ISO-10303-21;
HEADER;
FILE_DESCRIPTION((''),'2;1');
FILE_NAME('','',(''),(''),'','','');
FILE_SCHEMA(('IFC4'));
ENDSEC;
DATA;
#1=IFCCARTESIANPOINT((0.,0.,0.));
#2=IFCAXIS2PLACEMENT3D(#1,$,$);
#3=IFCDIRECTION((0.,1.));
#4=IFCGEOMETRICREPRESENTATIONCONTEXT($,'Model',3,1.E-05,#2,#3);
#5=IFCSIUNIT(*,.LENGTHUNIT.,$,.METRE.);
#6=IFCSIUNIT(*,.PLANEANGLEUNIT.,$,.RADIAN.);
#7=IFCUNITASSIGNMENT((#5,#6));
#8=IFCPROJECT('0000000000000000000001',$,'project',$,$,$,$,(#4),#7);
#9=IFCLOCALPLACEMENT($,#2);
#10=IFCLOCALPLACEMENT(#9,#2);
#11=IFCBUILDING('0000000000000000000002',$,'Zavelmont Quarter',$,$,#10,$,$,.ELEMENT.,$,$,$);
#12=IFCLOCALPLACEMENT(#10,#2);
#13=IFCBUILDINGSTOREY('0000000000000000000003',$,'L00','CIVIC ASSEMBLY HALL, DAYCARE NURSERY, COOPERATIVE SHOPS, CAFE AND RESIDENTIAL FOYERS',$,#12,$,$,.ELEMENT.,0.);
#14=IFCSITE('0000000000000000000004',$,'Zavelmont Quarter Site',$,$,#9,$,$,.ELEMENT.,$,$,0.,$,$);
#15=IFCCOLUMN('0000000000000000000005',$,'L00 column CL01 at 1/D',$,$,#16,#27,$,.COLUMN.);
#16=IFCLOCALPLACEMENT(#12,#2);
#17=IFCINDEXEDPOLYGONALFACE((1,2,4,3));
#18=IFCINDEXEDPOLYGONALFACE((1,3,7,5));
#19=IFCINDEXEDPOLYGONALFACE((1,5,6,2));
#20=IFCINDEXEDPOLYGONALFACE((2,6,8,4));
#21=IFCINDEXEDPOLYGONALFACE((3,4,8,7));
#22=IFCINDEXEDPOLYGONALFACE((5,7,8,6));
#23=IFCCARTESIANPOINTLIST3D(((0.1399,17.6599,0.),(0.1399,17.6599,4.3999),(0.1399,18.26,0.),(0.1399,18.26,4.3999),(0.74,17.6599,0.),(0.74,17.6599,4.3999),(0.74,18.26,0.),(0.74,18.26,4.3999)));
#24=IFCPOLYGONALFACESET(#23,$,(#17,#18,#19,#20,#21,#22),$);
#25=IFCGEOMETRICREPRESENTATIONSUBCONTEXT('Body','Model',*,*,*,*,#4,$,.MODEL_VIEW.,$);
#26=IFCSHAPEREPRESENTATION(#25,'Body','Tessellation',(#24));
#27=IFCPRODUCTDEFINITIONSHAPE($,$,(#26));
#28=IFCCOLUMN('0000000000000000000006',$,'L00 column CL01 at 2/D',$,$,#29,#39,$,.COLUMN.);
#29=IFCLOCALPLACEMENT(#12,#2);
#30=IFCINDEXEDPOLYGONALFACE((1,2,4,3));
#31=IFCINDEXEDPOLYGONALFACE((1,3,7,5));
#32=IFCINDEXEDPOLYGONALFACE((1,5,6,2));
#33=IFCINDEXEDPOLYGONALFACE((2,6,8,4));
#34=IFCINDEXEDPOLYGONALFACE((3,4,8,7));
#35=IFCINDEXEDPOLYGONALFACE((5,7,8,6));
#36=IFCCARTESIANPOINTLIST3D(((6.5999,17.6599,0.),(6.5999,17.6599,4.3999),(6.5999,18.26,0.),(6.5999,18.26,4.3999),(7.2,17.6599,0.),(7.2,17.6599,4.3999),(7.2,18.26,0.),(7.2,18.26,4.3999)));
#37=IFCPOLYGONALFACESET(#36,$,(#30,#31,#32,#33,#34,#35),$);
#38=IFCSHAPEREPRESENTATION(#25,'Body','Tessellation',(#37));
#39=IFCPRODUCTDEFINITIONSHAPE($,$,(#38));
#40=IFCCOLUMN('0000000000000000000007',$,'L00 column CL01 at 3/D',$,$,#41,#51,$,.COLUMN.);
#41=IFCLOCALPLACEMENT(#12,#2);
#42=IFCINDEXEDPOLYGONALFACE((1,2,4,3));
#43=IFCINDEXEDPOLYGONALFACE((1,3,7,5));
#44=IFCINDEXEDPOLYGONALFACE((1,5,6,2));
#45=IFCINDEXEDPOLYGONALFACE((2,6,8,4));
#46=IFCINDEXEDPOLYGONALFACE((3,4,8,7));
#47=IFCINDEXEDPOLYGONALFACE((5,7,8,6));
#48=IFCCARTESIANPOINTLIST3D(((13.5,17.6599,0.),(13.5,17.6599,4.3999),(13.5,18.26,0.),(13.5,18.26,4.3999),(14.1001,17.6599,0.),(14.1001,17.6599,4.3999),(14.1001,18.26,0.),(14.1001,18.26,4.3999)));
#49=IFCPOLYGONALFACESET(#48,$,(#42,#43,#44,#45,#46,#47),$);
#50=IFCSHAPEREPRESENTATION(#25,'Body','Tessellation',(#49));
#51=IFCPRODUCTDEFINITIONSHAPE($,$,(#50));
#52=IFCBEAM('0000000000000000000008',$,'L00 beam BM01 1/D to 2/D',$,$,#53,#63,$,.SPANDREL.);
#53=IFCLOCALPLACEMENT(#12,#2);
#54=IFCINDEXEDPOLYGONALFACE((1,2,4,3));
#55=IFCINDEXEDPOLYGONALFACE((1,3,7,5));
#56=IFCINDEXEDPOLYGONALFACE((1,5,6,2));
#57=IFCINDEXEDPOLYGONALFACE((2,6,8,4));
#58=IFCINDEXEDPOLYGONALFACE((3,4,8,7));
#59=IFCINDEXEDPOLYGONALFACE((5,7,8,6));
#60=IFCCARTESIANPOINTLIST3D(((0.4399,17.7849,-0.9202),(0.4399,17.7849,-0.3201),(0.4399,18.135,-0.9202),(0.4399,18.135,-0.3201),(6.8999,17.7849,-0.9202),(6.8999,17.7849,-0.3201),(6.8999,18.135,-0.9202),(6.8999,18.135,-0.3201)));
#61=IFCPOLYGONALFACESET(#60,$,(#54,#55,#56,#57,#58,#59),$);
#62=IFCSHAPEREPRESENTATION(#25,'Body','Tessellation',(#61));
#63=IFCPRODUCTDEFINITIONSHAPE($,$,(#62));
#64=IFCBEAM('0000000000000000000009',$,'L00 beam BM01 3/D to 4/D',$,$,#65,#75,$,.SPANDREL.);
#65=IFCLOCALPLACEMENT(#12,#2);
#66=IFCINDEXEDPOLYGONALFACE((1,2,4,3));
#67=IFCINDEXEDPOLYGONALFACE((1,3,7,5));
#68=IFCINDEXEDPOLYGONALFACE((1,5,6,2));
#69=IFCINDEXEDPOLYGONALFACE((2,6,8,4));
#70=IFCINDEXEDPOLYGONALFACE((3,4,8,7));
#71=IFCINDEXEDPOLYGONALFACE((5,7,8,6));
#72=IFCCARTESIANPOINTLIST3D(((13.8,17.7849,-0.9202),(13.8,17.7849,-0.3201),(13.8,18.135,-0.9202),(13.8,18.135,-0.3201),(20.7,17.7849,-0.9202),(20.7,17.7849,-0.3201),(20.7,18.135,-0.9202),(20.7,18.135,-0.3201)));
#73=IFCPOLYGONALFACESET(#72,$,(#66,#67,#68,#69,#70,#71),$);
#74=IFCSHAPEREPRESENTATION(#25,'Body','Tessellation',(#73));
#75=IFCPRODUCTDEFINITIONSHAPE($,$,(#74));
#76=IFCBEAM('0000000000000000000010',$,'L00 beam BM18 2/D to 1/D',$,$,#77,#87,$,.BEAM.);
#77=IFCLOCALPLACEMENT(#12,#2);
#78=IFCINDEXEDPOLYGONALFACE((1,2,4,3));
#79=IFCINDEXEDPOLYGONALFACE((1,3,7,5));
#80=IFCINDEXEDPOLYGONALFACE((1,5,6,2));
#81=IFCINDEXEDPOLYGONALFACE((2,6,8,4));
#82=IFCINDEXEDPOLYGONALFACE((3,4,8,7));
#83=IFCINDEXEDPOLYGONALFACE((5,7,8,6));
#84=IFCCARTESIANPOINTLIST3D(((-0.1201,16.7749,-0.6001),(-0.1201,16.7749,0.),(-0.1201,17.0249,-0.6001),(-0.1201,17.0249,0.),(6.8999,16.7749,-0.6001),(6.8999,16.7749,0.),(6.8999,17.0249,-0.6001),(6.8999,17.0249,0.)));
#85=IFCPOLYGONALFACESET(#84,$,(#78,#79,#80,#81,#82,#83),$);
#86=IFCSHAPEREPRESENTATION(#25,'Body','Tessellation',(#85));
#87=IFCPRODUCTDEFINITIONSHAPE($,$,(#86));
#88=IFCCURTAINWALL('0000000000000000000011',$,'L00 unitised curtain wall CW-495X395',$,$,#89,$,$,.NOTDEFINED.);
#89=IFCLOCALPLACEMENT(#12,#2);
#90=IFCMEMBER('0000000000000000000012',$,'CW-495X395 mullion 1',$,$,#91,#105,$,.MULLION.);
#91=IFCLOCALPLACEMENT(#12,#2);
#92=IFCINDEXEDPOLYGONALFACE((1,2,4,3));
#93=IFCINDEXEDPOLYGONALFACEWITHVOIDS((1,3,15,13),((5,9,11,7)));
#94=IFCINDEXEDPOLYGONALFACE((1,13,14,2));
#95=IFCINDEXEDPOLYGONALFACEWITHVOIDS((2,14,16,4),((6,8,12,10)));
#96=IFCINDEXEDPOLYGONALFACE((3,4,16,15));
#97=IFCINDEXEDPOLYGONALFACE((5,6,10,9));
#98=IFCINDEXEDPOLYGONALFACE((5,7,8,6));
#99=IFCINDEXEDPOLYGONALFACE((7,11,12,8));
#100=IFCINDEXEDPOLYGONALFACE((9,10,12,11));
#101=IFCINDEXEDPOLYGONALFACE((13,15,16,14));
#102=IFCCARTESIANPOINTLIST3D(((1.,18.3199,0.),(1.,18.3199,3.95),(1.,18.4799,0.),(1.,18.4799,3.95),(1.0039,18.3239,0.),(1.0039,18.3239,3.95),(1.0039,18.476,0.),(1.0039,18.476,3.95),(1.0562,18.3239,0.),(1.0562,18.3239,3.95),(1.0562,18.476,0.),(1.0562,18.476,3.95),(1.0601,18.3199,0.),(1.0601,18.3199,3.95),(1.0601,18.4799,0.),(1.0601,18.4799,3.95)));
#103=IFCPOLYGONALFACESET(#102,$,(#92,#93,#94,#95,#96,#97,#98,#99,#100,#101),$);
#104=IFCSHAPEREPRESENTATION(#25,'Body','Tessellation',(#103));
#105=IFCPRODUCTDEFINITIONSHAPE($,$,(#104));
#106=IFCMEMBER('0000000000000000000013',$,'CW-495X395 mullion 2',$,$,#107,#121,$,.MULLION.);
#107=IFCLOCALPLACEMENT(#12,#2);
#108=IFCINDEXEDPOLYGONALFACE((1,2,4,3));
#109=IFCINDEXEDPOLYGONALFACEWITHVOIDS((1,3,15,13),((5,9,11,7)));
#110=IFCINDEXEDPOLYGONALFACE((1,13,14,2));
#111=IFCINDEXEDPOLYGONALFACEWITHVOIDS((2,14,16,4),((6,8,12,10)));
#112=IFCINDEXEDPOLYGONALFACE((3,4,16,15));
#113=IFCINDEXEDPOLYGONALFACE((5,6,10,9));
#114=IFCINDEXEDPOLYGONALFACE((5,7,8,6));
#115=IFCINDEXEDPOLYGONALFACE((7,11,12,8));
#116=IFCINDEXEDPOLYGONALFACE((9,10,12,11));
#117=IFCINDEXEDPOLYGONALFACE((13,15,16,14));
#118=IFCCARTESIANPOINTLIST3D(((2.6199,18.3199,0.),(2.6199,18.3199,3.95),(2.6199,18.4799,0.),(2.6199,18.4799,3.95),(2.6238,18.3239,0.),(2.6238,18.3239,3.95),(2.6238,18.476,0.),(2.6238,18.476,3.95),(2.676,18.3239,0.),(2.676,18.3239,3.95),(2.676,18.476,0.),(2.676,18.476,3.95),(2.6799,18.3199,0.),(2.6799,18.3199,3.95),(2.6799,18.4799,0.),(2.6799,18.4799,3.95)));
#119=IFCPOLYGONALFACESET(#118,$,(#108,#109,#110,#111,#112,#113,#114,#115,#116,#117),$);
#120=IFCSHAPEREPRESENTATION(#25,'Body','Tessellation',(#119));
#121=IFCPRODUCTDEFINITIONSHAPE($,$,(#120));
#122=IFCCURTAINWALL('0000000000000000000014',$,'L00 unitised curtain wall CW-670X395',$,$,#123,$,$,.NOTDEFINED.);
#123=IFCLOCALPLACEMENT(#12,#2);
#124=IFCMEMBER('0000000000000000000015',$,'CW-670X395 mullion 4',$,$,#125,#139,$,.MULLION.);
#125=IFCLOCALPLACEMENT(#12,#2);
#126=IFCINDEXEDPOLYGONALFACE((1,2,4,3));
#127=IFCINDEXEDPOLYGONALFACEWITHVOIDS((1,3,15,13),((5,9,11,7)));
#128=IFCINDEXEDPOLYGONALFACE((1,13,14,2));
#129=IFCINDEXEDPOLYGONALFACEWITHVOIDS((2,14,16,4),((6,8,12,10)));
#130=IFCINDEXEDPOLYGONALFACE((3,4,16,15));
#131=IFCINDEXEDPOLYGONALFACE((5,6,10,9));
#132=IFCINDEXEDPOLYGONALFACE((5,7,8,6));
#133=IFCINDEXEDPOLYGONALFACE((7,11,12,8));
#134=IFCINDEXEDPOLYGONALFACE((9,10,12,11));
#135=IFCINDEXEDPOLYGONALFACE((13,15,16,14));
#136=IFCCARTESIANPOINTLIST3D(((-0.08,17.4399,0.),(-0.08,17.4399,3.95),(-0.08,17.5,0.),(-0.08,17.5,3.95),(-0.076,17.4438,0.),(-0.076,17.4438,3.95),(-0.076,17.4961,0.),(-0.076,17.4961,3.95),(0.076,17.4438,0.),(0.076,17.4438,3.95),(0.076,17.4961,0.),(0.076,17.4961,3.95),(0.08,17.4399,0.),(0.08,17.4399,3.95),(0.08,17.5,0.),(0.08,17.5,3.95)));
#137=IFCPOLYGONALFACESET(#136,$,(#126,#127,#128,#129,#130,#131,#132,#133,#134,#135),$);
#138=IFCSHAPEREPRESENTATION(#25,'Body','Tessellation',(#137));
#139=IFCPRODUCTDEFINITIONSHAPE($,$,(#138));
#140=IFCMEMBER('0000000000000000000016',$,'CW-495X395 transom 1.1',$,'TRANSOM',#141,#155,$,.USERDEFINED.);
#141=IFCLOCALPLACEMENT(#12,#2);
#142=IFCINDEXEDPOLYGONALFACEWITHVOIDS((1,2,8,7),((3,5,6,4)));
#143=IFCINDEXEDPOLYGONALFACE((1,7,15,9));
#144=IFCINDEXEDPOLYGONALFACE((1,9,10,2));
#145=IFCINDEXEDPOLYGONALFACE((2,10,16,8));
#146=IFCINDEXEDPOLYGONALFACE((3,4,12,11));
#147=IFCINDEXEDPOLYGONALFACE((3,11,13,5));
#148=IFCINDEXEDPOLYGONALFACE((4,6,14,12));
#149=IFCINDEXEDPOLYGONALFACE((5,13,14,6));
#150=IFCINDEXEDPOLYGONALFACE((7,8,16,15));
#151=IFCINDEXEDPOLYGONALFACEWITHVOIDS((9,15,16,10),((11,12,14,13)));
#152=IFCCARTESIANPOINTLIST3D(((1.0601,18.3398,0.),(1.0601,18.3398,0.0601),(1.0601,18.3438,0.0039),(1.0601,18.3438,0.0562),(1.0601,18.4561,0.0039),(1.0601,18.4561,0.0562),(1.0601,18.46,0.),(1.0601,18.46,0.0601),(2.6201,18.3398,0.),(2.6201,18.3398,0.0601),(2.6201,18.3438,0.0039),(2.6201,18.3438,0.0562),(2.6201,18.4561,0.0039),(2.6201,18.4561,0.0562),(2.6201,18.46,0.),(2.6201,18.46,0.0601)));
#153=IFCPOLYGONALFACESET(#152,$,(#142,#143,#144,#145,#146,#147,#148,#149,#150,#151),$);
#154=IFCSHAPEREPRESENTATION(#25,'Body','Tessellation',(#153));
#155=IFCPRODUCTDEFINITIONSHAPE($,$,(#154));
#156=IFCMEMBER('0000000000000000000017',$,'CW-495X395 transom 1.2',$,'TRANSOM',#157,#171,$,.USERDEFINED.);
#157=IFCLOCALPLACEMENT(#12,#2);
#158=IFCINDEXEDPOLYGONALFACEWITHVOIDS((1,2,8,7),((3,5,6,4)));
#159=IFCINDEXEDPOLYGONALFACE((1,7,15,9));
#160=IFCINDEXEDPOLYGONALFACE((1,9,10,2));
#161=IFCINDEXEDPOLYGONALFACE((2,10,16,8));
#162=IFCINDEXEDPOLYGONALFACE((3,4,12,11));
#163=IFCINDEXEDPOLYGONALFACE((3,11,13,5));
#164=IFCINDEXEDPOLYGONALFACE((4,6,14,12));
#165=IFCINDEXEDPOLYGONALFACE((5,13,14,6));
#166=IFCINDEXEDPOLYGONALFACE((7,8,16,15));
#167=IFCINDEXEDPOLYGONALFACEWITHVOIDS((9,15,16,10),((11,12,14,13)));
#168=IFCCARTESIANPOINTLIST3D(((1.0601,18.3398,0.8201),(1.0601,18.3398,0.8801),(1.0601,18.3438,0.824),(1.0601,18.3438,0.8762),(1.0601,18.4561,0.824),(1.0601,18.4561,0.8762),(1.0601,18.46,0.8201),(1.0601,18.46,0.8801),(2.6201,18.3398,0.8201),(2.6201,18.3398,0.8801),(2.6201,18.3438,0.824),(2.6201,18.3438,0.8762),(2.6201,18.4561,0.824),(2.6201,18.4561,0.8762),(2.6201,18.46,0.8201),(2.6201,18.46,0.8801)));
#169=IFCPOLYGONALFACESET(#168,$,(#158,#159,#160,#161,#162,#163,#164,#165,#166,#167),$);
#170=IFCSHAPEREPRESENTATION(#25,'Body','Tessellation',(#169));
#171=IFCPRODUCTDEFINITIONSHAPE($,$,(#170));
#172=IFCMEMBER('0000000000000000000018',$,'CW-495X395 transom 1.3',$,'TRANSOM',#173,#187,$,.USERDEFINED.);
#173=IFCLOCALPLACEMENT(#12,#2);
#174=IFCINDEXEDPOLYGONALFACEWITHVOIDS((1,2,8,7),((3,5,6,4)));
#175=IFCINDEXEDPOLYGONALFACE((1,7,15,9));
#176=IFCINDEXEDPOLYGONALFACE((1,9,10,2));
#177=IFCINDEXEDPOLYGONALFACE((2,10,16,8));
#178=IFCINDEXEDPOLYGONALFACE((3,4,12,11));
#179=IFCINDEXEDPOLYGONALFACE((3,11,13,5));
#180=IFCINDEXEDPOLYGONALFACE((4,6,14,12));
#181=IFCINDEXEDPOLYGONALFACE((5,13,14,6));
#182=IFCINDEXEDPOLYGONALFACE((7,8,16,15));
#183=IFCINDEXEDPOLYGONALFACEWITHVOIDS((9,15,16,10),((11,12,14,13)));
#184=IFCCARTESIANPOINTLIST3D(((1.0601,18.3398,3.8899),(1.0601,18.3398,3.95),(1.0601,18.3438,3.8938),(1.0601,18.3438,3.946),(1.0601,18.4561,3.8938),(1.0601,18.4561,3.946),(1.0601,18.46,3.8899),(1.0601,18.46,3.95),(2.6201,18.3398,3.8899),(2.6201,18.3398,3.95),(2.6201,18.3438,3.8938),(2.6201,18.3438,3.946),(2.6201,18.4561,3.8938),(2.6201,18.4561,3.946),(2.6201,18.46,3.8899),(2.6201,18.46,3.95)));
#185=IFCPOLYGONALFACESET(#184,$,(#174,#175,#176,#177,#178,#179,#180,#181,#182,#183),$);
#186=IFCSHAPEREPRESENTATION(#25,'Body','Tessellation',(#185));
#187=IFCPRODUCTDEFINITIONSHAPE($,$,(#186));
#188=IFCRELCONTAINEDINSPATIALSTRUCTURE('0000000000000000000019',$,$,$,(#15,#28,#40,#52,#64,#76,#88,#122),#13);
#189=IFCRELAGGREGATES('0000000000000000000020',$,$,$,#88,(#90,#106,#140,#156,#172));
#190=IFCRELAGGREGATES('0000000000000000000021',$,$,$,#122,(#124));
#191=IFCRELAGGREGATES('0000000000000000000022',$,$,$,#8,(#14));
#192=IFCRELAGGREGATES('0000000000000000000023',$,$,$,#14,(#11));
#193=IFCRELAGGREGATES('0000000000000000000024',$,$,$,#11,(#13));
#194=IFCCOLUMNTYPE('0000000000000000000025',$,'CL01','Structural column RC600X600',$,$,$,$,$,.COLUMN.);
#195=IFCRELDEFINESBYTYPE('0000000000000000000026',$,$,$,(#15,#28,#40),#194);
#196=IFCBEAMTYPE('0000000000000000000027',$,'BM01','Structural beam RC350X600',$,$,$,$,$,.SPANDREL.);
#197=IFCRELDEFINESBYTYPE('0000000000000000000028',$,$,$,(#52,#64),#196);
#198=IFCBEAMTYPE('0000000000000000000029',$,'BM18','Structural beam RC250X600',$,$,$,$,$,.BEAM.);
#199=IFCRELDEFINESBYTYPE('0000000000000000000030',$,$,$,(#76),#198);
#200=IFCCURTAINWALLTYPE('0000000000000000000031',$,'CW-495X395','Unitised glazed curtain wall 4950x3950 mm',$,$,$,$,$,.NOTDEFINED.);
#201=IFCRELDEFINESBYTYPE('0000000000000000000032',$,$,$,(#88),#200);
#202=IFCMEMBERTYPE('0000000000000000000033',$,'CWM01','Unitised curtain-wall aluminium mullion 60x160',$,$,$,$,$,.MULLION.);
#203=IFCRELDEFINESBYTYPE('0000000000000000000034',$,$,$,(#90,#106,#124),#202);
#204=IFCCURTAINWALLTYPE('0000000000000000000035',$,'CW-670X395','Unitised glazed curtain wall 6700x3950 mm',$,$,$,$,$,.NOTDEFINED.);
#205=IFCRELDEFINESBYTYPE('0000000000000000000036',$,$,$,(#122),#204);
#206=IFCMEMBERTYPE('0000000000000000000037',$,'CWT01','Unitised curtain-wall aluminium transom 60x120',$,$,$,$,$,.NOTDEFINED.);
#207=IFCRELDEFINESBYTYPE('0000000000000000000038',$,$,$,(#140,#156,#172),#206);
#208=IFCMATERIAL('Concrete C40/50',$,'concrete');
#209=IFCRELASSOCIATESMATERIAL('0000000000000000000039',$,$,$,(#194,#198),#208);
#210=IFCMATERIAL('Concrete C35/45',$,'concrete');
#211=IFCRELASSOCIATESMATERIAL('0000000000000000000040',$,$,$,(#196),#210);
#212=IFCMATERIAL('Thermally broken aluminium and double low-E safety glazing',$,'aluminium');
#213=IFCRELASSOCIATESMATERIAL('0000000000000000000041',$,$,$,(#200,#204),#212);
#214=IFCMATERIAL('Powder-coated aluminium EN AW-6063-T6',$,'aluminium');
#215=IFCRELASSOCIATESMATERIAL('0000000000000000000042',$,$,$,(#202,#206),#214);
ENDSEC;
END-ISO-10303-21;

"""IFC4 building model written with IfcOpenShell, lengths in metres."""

from ifc_helpers import new_model, si_unit, direction, frame, origin, origin_2d, place, context, subcontext, project, spatial, rectangle, hollow_rectangle, extrude, material, material_profile, profile_set, type_object, element, aggregate, save


model = new_model("IFC4")

# Units and contexts
model_context = context("Model", 3, precision=1e-05, world=origin(), true_north=direction((0.0, 1.0)))
body_context = subcontext(model_context, "Body", "Model", "MODEL_VIEW")
ifc_project = project(units=[si_unit("LENGTHUNIT", "METRE"), si_unit("PLANEANGLEUNIT", "RADIAN")], contexts=[model_context])

# Site, building, storey
site_placement = place(None, origin())
site = spatial("IfcSite", under=ifc_project, at=site_placement, Name="Zavelmont Quarter Site", CompositionType="ELEMENT", RefElevation=0.0)
building_placement = place(site_placement, origin())
building = spatial("IfcBuilding", under=site, at=building_placement, Name="Zavelmont Quarter", CompositionType="ELEMENT")
storey_placement = place(building_placement, origin())
storey = spatial("IfcBuildingStorey", under=building, at=storey_placement, Name="L00", Description="CIVIC ASSEMBLY HALL, DAYCARE NURSERY, COOPERATIVE SHOPS, CAFE AND RESIDENTIAL FOYERS", CompositionType="ELEMENT", Elevation=0.0)

# Columns
ifc_material_1 = material(Name="Concrete C40/50", Category="concrete")
ifc_material_profile_1 = material_profile(ifc_material_1, rectangle(XDim=0.6001, YDim=0.6001, at=origin_2d()), Name="RC600X600")
ifc_profile_set_1 = profile_set([ifc_material_profile_1], Name="Concrete C40/50")
column_type = type_object("IfcColumnType", Name="CL01", Description="Structural column RC600X600", PredefinedType="COLUMN", material=ifc_profile_set_1)
for number, where, z_axis, x_axis, name in (
    (1, (0.4399, 17.96, 0.0), (0.0, 0.0, 1.0), (1.0, 0.0, 0.0), "L00 column CL01 at 1/D"),
    (2, (6.8999, 17.96, 0.0), (0.0, 0.0, 1.0), (1.0, 0.0, 0.0), "L00 column CL01 at 2/D"),
    (3, (13.8, 17.96, 0.0), (0.0, 0.0, 1.0), (1.0, 0.0, 0.0), "L00 column CL01 at 3/D"),
):
    element("IfcColumn", number, at=place(storey_placement, frame(where, z_axis=z_axis, x_axis=x_axis)), inside=storey, type_object=column_type, Name=name, PredefinedType="COLUMN", context=body_context, shape_type="SweptSolid", body=[
        extrude(rectangle(XDim=0.6001, YDim=0.6001, at=origin_2d()), origin(), (0.0, 0.0, 1.0), 4.3999),
    ])

# Beams
ifc_material_2 = material(Name="Concrete C35/45", Category="concrete")
ifc_material_profile_2 = material_profile(ifc_material_2, rectangle(XDim=0.3501, YDim=0.6001, at=origin_2d()), Name="RC350X600")
ifc_profile_set_2 = profile_set([ifc_material_profile_2], Name="Concrete C35/45")
beam_type_1 = type_object("IfcBeamType", Name="BM01", Description="Structural beam RC350X600", PredefinedType="SPANDREL", material=ifc_profile_set_2)
beam_1_placement = place(storey_placement, frame((0.4399, 17.96, -0.6201), z_axis=(1.0, 0.0, 0.0), x_axis=(0.0, 1.0, 0.0)))
element("IfcBeam", 4, at=beam_1_placement, inside=storey, type_object=beam_type_1, Name="L00 beam BM01 1/D to 2/D", PredefinedType="SPANDREL", context=body_context, shape_type="SweptSolid", body=[
    extrude(rectangle(XDim=0.3501, YDim=0.6001, at=origin_2d()), origin(), (0.0, 0.0, 1.0), 6.46),
])
beam_2_placement = place(storey_placement, frame((13.8, 17.96, -0.6201), z_axis=(1.0, 0.0, 0.0), x_axis=(0.0, 1.0, 0.0)))
element("IfcBeam", 5, at=beam_2_placement, inside=storey, type_object=beam_type_1, Name="L00 beam BM01 3/D to 4/D", PredefinedType="SPANDREL", context=body_context, shape_type="SweptSolid", body=[
    extrude(rectangle(XDim=0.3501, YDim=0.6001, at=origin_2d()), origin(), (0.0, 0.0, 1.0), 6.8999),
])
ifc_material_profile_3 = material_profile(ifc_material_1, rectangle(XDim=0.25, YDim=0.6001, at=origin_2d()), Name="RC250X600")
ifc_profile_set_3 = profile_set([ifc_material_profile_3], Name="Concrete C40/50")
beam_type_2 = type_object("IfcBeamType", Name="BM18", Description="Structural beam RC250X600", PredefinedType="BEAM", material=ifc_profile_set_3)
beam_3_placement = place(storey_placement, frame((6.8999, 16.8999, -0.3), z_axis=(-1.0, 0.0, 0.0), x_axis=(0.0, -1.0, 0.0)))
element("IfcBeam", 6, at=beam_3_placement, inside=storey, type_object=beam_type_2, Name="L00 beam BM18 2/D to 1/D", PredefinedType="BEAM", context=body_context, shape_type="SweptSolid", body=[
    extrude(rectangle(XDim=0.25, YDim=0.6001, at=origin_2d()), origin(), (0.0, 0.0, 1.0), 7.02),
])

# Curtain wall, members
ifc_material_3 = material(Name="Thermally broken aluminium and double low-E safety glazing", Category="aluminium")
curtain_wall_type_1 = type_object("IfcCurtainWallType", Name="CW-495X395", Description="Unitised glazed curtain wall 4950x3950 mm", PredefinedType="NOTDEFINED", material=ifc_material_3)
curtain_wall_1_placement = place(storey_placement, origin())
curtain_wall_1 = element("IfcCurtainWall", 7, at=curtain_wall_1_placement, inside=storey, type_object=curtain_wall_type_1, Name="L00 unitised curtain wall CW-495X395", PredefinedType="NOTDEFINED")
ifc_material_4 = material(Name="Powder-coated aluminium EN AW-6063-T6", Category="aluminium")
ifc_material_profile_4 = material_profile(ifc_material_4, hollow_rectangle(XDim=0.0601, YDim=0.1599, WallThickness=0.0039, at=origin_2d()), Name="CWM60X160")
ifc_profile_set_4 = profile_set([ifc_material_profile_4], Name="Powder-coated aluminium EN AW-6063-T6")
member_type_1 = type_object("IfcMemberType", Name="CWM01", Description="Unitised curtain-wall aluminium mullion 60x160", PredefinedType="MULLION", material=ifc_profile_set_4)
member_1_placement = place(storey_placement, frame((1.03, 18.3999, 0.0), z_axis=(0.0, 0.0, 1.0), x_axis=(1.0, 0.0, 0.0)))
member_1 = element("IfcMember", 8, at=member_1_placement, type_object=member_type_1, Name="CW-495X395 mullion 1", PredefinedType="MULLION", context=body_context, shape_type="SweptSolid", body=[
    extrude(hollow_rectangle(XDim=0.0601, YDim=0.1599, WallThickness=0.0039, at=origin_2d()), origin(), (0.0, 0.0, 1.0), 3.95),
])
member_2_placement = place(storey_placement, frame((2.6499, 18.3999, 0.0), z_axis=(0.0, 0.0, 1.0), x_axis=(1.0, 0.0, 0.0)))
member_2 = element("IfcMember", 9, at=member_2_placement, type_object=member_type_1, Name="CW-495X395 mullion 2", PredefinedType="MULLION", context=body_context, shape_type="SweptSolid", body=[
    extrude(hollow_rectangle(XDim=0.0601, YDim=0.1599, WallThickness=0.0039, at=origin_2d()), origin(), (0.0, 0.0, 1.0), 3.95),
])

# Curtain wall, member
curtain_wall_type_2 = type_object("IfcCurtainWallType", Name="CW-670X395", Description="Unitised glazed curtain wall 6700x3950 mm", PredefinedType="NOTDEFINED", material=ifc_material_3)
curtain_wall_2_placement = place(storey_placement, origin())
curtain_wall_2 = element("IfcCurtainWall", 10, at=curtain_wall_2_placement, inside=storey, type_object=curtain_wall_type_2, Name="L00 unitised curtain wall CW-670X395", PredefinedType="NOTDEFINED")
member_3_placement = place(storey_placement, frame((0.0, 17.47, 0.0), z_axis=(0.0, 0.0, 1.0), x_axis=(0.0, 1.0, 0.0)))
member_3 = element("IfcMember", 11, at=member_3_placement, type_object=member_type_1, Name="CW-670X395 mullion 4", PredefinedType="MULLION", context=body_context, shape_type="SweptSolid", body=[
    extrude(hollow_rectangle(XDim=0.0601, YDim=0.1599, WallThickness=0.0039, at=origin_2d()), origin(), (0.0, 0.0, 1.0), 3.95),
])

# Members
ifc_material_profile_5 = material_profile(ifc_material_4, hollow_rectangle(XDim=0.1201, YDim=0.0601, WallThickness=0.0039, at=origin_2d()), Name="CWT60X120")
ifc_profile_set_5 = profile_set([ifc_material_profile_5], Name="Powder-coated aluminium EN AW-6063-T6")
member_type_2 = type_object("IfcMemberType", Name="CWT01", Description="Unitised curtain-wall aluminium transom 60x120", PredefinedType="NOTDEFINED", material=ifc_profile_set_5)
member_4_placement = place(storey_placement, frame((1.0601, 18.3999, 0.03), z_axis=(1.0, 0.0, 0.0), x_axis=(0.0, 1.0, 0.0)))
member_4 = element("IfcMember", 12, at=member_4_placement, type_object=member_type_2, Name="CW-495X395 transom 1.1", ObjectType="TRANSOM", PredefinedType="USERDEFINED", context=body_context, shape_type="SweptSolid", body=[
    extrude(hollow_rectangle(XDim=0.1201, YDim=0.0601, WallThickness=0.0039, at=origin_2d()), origin(), (0.0, 0.0, 1.0), 1.5601),
])
member_5_placement = place(storey_placement, frame((1.0601, 18.3999, 0.8501), z_axis=(1.0, 0.0, 0.0), x_axis=(0.0, 1.0, 0.0)))
member_5 = element("IfcMember", 13, at=member_5_placement, type_object=member_type_2, Name="CW-495X395 transom 1.2", ObjectType="TRANSOM", PredefinedType="USERDEFINED", context=body_context, shape_type="SweptSolid", body=[
    extrude(hollow_rectangle(XDim=0.1201, YDim=0.0601, WallThickness=0.0039, at=origin_2d()), origin(), (0.0, 0.0, 1.0), 1.5601),
])
member_6_placement = place(storey_placement, frame((1.0601, 18.3999, 3.9199), z_axis=(1.0, 0.0, 0.0), x_axis=(0.0, 1.0, 0.0)))
member_6 = element("IfcMember", 14, at=member_6_placement, type_object=member_type_2, Name="CW-495X395 transom 1.3", ObjectType="TRANSOM", PredefinedType="USERDEFINED", context=body_context, shape_type="SweptSolid", body=[
    extrude(hollow_rectangle(XDim=0.1201, YDim=0.0601, WallThickness=0.0039, at=origin_2d()), origin(), (0.0, 0.0, 1.0), 1.5601),
])

aggregate(curtain_wall_1, [member_1, member_2, member_4, member_5, member_6])
aggregate(curtain_wall_2, [member_3])

save(model, "model.ifc")
